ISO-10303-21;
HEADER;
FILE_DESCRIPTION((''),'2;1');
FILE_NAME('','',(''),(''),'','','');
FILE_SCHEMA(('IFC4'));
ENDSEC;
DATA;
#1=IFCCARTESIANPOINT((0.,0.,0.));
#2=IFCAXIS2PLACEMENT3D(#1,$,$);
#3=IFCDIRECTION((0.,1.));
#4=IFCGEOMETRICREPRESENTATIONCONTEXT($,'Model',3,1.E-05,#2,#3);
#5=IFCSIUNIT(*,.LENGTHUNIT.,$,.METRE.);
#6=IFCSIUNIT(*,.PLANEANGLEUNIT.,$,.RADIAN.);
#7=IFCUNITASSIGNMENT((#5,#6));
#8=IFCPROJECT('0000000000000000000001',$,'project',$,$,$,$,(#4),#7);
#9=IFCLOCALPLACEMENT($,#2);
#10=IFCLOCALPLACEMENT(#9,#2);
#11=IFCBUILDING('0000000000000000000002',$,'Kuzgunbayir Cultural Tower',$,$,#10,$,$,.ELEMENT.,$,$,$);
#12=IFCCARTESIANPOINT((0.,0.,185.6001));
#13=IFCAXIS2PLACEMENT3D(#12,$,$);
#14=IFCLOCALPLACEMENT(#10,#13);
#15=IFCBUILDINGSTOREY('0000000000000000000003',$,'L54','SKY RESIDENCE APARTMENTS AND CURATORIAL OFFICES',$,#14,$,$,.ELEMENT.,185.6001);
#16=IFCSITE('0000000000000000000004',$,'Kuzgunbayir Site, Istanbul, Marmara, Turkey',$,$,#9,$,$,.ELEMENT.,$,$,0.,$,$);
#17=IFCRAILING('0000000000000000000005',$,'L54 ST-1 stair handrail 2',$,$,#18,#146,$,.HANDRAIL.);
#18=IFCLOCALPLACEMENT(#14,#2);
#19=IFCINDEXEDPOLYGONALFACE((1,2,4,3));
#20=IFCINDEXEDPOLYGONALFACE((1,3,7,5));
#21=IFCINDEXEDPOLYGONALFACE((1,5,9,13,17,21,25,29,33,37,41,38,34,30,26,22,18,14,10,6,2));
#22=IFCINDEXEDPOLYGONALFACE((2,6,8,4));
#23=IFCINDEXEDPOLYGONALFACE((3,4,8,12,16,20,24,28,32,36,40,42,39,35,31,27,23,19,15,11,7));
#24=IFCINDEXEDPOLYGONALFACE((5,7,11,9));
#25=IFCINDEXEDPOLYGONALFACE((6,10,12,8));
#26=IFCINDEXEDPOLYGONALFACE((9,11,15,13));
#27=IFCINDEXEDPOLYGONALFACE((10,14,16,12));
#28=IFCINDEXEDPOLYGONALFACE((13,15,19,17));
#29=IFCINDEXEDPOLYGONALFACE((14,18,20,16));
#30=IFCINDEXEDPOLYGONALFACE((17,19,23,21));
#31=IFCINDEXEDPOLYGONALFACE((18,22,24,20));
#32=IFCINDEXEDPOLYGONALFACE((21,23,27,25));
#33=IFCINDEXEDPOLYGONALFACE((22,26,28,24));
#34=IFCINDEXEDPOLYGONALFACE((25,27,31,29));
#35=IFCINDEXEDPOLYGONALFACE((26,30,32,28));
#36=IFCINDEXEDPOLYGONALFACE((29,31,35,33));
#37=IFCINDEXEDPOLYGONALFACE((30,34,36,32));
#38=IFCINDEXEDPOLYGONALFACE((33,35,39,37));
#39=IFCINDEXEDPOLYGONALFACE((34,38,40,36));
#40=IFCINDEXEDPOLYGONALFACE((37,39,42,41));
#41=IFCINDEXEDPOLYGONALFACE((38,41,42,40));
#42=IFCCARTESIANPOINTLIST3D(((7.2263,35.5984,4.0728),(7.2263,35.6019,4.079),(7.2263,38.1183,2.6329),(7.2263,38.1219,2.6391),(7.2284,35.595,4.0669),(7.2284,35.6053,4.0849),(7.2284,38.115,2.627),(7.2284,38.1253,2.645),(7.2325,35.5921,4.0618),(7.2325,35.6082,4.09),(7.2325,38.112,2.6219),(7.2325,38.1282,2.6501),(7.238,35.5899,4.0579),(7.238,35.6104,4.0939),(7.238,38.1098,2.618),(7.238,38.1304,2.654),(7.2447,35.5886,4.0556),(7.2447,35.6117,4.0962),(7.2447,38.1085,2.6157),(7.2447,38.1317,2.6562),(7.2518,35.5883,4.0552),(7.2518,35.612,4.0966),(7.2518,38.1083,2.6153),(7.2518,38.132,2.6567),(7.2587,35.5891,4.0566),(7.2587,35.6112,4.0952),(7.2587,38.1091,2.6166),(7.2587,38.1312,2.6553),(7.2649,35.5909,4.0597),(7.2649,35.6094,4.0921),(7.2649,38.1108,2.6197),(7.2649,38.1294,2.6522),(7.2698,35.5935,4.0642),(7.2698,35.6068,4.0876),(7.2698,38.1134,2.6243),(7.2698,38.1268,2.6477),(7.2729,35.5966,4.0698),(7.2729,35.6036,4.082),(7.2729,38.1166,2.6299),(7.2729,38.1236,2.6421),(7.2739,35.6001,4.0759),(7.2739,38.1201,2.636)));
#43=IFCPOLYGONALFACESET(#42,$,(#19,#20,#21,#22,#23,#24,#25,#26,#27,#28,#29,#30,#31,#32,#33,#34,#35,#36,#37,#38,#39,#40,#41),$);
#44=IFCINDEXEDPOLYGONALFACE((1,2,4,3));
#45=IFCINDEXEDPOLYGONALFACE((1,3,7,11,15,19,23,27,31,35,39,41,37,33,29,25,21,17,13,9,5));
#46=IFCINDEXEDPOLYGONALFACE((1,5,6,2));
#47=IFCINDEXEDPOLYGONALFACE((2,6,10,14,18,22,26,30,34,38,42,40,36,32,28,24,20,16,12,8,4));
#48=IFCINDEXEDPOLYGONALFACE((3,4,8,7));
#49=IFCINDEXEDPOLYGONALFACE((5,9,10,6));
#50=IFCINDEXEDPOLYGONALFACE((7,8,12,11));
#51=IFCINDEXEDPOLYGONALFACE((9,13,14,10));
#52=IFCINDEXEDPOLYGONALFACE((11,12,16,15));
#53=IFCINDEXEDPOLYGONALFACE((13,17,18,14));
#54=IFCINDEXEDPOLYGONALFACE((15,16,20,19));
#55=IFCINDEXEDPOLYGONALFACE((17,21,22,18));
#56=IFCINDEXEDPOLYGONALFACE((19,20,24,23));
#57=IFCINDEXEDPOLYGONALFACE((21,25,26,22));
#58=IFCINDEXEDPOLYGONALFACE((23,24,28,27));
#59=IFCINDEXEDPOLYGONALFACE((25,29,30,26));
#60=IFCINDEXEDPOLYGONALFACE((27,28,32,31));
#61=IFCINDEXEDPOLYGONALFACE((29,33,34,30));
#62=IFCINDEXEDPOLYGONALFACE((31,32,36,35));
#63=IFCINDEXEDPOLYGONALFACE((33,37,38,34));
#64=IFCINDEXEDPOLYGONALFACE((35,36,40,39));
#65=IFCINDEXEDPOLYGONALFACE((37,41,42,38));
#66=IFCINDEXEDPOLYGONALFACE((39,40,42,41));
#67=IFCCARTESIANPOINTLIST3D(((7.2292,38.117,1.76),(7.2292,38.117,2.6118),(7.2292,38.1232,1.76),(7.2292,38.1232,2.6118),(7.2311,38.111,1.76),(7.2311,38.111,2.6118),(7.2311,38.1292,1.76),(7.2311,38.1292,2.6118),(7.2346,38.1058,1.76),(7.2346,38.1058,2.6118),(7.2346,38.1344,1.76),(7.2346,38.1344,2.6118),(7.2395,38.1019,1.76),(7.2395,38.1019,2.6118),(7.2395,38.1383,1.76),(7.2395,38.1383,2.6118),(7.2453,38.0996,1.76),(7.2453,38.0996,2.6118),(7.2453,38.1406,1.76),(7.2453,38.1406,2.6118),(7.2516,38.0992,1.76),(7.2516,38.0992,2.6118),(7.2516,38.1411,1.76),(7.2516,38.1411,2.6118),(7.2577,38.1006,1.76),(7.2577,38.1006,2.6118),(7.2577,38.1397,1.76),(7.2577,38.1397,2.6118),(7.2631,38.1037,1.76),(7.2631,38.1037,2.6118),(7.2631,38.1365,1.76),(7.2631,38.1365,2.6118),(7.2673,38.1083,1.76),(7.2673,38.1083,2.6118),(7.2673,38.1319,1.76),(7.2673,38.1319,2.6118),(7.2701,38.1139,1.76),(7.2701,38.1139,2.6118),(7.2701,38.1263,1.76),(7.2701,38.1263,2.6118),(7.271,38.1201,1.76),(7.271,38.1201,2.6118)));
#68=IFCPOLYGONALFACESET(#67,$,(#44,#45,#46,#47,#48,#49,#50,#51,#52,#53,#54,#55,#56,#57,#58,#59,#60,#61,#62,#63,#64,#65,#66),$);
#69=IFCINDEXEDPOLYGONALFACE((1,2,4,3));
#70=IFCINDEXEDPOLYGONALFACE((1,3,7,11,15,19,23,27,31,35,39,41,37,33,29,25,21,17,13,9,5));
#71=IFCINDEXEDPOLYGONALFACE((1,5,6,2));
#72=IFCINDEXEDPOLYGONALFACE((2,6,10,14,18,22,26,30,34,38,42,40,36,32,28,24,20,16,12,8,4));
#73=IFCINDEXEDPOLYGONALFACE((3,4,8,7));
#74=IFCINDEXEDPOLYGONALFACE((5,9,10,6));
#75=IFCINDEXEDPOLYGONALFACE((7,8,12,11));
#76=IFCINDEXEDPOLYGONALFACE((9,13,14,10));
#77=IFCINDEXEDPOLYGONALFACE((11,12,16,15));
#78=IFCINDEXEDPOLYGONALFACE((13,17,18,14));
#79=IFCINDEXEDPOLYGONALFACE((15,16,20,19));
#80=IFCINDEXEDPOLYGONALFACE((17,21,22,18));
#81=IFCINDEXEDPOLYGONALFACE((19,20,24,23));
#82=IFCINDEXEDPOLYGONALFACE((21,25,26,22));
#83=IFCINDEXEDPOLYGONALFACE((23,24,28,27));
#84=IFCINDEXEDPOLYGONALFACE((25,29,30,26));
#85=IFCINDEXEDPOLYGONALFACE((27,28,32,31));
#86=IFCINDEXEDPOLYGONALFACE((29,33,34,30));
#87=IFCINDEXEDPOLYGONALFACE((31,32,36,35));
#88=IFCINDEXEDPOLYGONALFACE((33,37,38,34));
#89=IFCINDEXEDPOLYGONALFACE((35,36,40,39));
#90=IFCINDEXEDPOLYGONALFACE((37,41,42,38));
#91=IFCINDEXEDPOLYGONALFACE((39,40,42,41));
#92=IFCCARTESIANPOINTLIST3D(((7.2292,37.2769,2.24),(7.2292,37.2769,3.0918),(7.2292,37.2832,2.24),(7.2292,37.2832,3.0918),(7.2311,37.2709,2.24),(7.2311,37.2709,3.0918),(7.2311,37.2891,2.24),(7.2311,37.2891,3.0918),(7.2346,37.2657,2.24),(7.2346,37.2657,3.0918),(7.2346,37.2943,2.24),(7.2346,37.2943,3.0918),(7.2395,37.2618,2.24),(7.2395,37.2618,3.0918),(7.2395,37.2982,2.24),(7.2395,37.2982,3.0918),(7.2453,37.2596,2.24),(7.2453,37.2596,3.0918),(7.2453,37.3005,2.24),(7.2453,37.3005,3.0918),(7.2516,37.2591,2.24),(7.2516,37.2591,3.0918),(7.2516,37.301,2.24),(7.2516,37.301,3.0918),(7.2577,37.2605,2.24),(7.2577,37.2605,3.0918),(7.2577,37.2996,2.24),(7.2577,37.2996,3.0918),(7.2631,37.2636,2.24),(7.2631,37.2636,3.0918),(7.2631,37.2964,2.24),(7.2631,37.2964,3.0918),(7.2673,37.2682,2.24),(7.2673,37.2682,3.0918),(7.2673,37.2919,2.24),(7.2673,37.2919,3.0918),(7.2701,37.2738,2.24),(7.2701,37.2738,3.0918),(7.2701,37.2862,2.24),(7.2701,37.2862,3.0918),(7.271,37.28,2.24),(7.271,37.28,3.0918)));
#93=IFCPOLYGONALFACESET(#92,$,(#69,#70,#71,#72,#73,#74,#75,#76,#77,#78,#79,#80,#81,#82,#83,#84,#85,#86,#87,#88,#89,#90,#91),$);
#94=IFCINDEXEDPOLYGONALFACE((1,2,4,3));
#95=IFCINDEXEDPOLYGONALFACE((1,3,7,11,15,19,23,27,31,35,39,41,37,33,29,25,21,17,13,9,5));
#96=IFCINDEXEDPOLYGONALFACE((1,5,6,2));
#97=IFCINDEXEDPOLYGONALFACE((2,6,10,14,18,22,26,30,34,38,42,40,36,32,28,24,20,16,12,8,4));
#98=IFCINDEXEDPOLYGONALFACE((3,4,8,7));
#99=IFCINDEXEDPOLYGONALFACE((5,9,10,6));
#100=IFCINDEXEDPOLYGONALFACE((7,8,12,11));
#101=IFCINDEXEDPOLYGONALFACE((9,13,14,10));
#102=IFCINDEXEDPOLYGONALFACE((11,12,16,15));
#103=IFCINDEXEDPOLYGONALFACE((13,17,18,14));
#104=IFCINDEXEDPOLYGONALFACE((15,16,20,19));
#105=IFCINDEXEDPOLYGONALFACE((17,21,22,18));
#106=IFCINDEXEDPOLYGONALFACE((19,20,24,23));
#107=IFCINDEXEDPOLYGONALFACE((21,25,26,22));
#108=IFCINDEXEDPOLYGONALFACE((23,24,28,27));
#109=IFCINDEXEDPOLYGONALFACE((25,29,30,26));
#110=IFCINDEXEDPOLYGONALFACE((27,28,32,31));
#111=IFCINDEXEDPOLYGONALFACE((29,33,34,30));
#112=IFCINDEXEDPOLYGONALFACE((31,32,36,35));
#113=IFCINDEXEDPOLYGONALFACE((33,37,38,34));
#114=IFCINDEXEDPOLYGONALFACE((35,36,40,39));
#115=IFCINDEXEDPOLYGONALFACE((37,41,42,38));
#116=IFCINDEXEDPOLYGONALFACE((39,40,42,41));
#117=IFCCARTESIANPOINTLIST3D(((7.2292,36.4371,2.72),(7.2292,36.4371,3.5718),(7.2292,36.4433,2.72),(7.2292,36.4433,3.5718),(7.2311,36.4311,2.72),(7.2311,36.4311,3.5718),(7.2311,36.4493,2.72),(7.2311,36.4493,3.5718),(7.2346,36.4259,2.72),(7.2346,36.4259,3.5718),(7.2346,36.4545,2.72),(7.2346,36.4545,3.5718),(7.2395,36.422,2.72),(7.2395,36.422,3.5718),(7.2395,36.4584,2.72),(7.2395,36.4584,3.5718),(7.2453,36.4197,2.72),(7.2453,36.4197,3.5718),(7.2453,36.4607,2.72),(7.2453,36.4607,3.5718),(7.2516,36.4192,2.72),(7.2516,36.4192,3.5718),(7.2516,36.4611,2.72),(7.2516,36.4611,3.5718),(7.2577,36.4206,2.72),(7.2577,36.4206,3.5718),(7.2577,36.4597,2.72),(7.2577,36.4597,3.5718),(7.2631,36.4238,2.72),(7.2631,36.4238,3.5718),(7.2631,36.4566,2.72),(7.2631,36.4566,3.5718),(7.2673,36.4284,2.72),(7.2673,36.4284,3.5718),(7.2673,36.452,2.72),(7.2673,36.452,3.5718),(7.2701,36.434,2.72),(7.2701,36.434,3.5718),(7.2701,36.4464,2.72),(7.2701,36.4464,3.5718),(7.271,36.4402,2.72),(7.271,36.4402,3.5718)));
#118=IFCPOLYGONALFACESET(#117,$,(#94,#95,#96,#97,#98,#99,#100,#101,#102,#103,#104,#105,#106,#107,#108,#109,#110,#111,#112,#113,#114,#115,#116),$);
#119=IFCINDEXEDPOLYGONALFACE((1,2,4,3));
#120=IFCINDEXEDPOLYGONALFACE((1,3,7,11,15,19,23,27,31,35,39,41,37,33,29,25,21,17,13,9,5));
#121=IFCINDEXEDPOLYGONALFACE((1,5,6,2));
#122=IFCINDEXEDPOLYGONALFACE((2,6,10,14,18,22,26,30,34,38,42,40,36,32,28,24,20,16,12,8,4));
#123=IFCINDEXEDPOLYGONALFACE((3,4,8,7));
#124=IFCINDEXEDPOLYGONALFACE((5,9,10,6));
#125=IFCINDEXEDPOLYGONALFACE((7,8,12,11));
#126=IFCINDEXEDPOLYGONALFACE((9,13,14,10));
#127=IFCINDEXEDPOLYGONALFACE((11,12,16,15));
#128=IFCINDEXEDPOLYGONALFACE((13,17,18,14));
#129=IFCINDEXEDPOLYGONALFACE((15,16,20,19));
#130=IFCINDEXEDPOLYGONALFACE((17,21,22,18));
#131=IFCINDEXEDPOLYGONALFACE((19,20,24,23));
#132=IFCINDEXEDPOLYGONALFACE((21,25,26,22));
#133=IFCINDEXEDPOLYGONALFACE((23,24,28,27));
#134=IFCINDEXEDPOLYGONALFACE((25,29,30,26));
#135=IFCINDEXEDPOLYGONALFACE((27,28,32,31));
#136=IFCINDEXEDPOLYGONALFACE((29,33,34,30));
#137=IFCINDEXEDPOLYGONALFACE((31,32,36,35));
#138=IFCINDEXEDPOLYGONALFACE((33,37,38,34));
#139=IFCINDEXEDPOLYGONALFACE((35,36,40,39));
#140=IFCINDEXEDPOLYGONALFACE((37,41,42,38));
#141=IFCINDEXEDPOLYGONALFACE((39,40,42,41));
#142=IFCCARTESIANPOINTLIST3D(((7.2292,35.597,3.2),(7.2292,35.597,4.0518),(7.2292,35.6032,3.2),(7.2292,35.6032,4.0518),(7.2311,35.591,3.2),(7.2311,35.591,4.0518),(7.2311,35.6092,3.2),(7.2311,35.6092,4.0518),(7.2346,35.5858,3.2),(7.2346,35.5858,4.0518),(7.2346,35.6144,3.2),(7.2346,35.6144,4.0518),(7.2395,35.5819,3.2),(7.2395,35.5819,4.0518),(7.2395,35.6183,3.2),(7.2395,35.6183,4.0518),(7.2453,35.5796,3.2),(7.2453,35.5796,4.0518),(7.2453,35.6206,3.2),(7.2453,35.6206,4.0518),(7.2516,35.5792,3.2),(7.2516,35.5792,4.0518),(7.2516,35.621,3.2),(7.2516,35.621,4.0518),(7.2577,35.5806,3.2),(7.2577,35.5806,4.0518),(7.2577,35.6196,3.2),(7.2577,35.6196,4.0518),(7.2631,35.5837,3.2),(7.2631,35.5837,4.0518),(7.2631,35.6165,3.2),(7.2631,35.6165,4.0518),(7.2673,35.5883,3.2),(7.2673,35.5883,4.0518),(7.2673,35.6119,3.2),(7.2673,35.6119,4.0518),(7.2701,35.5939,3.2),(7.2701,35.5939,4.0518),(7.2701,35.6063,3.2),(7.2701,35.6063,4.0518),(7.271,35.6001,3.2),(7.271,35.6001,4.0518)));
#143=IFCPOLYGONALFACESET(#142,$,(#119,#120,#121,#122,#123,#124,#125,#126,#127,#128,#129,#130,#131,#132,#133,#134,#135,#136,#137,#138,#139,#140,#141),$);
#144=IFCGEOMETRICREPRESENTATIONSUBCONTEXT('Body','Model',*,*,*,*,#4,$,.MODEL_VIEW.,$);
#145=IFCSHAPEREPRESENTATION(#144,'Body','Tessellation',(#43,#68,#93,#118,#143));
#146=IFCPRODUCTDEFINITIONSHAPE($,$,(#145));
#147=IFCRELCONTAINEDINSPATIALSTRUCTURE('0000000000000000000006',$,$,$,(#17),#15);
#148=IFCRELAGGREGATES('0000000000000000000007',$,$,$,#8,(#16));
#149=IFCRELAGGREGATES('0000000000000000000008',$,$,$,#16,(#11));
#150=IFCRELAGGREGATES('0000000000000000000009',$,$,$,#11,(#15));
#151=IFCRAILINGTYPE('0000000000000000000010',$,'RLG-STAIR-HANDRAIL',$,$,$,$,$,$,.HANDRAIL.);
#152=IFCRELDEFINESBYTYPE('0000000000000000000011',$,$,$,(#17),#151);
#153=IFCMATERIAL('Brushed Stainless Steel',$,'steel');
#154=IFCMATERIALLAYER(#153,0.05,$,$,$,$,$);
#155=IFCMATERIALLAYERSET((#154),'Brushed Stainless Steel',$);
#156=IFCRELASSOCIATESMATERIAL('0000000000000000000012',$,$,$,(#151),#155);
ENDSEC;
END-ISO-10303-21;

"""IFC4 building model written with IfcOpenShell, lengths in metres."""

from ifc_helpers import new_model, si_unit, direction, frame, origin, origin_2d, place, context, subcontext, project, spatial, circle, extrude, material, layer, layer_set, type_object, element, save


model = new_model("IFC4")

# Units and contexts
model_context = context("Model", 3, precision=1e-05, world=origin(), true_north=direction((0.0, 1.0)))
body_context = subcontext(model_context, "Body", "Model", "MODEL_VIEW")
ifc_project = project(units=[si_unit("LENGTHUNIT", "METRE"), si_unit("PLANEANGLEUNIT", "RADIAN")], contexts=[model_context])

# Site, building, storey
site_placement = place(None, origin())
site = spatial("IfcSite", under=ifc_project, at=site_placement, Name="Kuzgunbayir Site, Istanbul, Marmara, Turkey", CompositionType="ELEMENT", RefElevation=0.0)
building_placement = place(site_placement, origin())
building = spatial("IfcBuilding", under=site, at=building_placement, Name="Kuzgunbayir Cultural Tower", CompositionType="ELEMENT")
storey_placement = place(building_placement, frame((0.0, 0.0, 185.6001)))
storey = spatial("IfcBuildingStorey", under=building, at=storey_placement, Name="L54", Description="SKY RESIDENCE APARTMENTS AND CURATORIAL OFFICES", CompositionType="ELEMENT", Elevation=185.6001)

# Shared definitions
ifc_material_1 = material(Name="Brushed Stainless Steel", Category="steel")

# Railing
ifc_layer_1 = layer(ifc_material_1, 0.05)
ifc_layer_set_1 = layer_set([ifc_layer_1], Name="Brushed Stainless Steel")
railing_type_1 = type_object("IfcRailingType", Name="RLG-STAIR-HANDRAIL", PredefinedType="HANDRAIL", material=ifc_layer_set_1)
railing_1_placement = place(storey_placement, frame((7.25, 38.1201, 1.76)))
element("IfcRailing", 1, at=railing_1_placement, inside=storey, type_object=railing_type_1, Name="L54 ST-1 stair handrail 2", PredefinedType="HANDRAIL", context=body_context, shape_type="SweptSolid", body=[
    extrude(circle(Radius=0.0239, at=origin_2d()), frame((0.0, 0.0, 0.876), z_axis=(0.0, -0.868253, 0.496121), x_axis=(1.0, 0.0, 0.0)), (0.0, 0.0, 1.0), 2.9023),
    extrude(circle(Radius=0.021, at=origin_2d()), origin(), (0.0, 0.0, 1.0), 0.8518),
    extrude(circle(Radius=0.021, at=origin_2d()), frame((0.0, -0.8401, 0.48)), (0.0, 0.0, 1.0), 0.8518),
    extrude(circle(Radius=0.021, at=origin_2d()), frame((0.0, -1.6799, 0.96)), (0.0, 0.0, 1.0), 0.8518),
    extrude(circle(Radius=0.021, at=origin_2d()), frame((0.0, -2.52, 1.4399)), (0.0, 0.0, 1.0), 0.8518),
])

save(model, "model.ifc")
